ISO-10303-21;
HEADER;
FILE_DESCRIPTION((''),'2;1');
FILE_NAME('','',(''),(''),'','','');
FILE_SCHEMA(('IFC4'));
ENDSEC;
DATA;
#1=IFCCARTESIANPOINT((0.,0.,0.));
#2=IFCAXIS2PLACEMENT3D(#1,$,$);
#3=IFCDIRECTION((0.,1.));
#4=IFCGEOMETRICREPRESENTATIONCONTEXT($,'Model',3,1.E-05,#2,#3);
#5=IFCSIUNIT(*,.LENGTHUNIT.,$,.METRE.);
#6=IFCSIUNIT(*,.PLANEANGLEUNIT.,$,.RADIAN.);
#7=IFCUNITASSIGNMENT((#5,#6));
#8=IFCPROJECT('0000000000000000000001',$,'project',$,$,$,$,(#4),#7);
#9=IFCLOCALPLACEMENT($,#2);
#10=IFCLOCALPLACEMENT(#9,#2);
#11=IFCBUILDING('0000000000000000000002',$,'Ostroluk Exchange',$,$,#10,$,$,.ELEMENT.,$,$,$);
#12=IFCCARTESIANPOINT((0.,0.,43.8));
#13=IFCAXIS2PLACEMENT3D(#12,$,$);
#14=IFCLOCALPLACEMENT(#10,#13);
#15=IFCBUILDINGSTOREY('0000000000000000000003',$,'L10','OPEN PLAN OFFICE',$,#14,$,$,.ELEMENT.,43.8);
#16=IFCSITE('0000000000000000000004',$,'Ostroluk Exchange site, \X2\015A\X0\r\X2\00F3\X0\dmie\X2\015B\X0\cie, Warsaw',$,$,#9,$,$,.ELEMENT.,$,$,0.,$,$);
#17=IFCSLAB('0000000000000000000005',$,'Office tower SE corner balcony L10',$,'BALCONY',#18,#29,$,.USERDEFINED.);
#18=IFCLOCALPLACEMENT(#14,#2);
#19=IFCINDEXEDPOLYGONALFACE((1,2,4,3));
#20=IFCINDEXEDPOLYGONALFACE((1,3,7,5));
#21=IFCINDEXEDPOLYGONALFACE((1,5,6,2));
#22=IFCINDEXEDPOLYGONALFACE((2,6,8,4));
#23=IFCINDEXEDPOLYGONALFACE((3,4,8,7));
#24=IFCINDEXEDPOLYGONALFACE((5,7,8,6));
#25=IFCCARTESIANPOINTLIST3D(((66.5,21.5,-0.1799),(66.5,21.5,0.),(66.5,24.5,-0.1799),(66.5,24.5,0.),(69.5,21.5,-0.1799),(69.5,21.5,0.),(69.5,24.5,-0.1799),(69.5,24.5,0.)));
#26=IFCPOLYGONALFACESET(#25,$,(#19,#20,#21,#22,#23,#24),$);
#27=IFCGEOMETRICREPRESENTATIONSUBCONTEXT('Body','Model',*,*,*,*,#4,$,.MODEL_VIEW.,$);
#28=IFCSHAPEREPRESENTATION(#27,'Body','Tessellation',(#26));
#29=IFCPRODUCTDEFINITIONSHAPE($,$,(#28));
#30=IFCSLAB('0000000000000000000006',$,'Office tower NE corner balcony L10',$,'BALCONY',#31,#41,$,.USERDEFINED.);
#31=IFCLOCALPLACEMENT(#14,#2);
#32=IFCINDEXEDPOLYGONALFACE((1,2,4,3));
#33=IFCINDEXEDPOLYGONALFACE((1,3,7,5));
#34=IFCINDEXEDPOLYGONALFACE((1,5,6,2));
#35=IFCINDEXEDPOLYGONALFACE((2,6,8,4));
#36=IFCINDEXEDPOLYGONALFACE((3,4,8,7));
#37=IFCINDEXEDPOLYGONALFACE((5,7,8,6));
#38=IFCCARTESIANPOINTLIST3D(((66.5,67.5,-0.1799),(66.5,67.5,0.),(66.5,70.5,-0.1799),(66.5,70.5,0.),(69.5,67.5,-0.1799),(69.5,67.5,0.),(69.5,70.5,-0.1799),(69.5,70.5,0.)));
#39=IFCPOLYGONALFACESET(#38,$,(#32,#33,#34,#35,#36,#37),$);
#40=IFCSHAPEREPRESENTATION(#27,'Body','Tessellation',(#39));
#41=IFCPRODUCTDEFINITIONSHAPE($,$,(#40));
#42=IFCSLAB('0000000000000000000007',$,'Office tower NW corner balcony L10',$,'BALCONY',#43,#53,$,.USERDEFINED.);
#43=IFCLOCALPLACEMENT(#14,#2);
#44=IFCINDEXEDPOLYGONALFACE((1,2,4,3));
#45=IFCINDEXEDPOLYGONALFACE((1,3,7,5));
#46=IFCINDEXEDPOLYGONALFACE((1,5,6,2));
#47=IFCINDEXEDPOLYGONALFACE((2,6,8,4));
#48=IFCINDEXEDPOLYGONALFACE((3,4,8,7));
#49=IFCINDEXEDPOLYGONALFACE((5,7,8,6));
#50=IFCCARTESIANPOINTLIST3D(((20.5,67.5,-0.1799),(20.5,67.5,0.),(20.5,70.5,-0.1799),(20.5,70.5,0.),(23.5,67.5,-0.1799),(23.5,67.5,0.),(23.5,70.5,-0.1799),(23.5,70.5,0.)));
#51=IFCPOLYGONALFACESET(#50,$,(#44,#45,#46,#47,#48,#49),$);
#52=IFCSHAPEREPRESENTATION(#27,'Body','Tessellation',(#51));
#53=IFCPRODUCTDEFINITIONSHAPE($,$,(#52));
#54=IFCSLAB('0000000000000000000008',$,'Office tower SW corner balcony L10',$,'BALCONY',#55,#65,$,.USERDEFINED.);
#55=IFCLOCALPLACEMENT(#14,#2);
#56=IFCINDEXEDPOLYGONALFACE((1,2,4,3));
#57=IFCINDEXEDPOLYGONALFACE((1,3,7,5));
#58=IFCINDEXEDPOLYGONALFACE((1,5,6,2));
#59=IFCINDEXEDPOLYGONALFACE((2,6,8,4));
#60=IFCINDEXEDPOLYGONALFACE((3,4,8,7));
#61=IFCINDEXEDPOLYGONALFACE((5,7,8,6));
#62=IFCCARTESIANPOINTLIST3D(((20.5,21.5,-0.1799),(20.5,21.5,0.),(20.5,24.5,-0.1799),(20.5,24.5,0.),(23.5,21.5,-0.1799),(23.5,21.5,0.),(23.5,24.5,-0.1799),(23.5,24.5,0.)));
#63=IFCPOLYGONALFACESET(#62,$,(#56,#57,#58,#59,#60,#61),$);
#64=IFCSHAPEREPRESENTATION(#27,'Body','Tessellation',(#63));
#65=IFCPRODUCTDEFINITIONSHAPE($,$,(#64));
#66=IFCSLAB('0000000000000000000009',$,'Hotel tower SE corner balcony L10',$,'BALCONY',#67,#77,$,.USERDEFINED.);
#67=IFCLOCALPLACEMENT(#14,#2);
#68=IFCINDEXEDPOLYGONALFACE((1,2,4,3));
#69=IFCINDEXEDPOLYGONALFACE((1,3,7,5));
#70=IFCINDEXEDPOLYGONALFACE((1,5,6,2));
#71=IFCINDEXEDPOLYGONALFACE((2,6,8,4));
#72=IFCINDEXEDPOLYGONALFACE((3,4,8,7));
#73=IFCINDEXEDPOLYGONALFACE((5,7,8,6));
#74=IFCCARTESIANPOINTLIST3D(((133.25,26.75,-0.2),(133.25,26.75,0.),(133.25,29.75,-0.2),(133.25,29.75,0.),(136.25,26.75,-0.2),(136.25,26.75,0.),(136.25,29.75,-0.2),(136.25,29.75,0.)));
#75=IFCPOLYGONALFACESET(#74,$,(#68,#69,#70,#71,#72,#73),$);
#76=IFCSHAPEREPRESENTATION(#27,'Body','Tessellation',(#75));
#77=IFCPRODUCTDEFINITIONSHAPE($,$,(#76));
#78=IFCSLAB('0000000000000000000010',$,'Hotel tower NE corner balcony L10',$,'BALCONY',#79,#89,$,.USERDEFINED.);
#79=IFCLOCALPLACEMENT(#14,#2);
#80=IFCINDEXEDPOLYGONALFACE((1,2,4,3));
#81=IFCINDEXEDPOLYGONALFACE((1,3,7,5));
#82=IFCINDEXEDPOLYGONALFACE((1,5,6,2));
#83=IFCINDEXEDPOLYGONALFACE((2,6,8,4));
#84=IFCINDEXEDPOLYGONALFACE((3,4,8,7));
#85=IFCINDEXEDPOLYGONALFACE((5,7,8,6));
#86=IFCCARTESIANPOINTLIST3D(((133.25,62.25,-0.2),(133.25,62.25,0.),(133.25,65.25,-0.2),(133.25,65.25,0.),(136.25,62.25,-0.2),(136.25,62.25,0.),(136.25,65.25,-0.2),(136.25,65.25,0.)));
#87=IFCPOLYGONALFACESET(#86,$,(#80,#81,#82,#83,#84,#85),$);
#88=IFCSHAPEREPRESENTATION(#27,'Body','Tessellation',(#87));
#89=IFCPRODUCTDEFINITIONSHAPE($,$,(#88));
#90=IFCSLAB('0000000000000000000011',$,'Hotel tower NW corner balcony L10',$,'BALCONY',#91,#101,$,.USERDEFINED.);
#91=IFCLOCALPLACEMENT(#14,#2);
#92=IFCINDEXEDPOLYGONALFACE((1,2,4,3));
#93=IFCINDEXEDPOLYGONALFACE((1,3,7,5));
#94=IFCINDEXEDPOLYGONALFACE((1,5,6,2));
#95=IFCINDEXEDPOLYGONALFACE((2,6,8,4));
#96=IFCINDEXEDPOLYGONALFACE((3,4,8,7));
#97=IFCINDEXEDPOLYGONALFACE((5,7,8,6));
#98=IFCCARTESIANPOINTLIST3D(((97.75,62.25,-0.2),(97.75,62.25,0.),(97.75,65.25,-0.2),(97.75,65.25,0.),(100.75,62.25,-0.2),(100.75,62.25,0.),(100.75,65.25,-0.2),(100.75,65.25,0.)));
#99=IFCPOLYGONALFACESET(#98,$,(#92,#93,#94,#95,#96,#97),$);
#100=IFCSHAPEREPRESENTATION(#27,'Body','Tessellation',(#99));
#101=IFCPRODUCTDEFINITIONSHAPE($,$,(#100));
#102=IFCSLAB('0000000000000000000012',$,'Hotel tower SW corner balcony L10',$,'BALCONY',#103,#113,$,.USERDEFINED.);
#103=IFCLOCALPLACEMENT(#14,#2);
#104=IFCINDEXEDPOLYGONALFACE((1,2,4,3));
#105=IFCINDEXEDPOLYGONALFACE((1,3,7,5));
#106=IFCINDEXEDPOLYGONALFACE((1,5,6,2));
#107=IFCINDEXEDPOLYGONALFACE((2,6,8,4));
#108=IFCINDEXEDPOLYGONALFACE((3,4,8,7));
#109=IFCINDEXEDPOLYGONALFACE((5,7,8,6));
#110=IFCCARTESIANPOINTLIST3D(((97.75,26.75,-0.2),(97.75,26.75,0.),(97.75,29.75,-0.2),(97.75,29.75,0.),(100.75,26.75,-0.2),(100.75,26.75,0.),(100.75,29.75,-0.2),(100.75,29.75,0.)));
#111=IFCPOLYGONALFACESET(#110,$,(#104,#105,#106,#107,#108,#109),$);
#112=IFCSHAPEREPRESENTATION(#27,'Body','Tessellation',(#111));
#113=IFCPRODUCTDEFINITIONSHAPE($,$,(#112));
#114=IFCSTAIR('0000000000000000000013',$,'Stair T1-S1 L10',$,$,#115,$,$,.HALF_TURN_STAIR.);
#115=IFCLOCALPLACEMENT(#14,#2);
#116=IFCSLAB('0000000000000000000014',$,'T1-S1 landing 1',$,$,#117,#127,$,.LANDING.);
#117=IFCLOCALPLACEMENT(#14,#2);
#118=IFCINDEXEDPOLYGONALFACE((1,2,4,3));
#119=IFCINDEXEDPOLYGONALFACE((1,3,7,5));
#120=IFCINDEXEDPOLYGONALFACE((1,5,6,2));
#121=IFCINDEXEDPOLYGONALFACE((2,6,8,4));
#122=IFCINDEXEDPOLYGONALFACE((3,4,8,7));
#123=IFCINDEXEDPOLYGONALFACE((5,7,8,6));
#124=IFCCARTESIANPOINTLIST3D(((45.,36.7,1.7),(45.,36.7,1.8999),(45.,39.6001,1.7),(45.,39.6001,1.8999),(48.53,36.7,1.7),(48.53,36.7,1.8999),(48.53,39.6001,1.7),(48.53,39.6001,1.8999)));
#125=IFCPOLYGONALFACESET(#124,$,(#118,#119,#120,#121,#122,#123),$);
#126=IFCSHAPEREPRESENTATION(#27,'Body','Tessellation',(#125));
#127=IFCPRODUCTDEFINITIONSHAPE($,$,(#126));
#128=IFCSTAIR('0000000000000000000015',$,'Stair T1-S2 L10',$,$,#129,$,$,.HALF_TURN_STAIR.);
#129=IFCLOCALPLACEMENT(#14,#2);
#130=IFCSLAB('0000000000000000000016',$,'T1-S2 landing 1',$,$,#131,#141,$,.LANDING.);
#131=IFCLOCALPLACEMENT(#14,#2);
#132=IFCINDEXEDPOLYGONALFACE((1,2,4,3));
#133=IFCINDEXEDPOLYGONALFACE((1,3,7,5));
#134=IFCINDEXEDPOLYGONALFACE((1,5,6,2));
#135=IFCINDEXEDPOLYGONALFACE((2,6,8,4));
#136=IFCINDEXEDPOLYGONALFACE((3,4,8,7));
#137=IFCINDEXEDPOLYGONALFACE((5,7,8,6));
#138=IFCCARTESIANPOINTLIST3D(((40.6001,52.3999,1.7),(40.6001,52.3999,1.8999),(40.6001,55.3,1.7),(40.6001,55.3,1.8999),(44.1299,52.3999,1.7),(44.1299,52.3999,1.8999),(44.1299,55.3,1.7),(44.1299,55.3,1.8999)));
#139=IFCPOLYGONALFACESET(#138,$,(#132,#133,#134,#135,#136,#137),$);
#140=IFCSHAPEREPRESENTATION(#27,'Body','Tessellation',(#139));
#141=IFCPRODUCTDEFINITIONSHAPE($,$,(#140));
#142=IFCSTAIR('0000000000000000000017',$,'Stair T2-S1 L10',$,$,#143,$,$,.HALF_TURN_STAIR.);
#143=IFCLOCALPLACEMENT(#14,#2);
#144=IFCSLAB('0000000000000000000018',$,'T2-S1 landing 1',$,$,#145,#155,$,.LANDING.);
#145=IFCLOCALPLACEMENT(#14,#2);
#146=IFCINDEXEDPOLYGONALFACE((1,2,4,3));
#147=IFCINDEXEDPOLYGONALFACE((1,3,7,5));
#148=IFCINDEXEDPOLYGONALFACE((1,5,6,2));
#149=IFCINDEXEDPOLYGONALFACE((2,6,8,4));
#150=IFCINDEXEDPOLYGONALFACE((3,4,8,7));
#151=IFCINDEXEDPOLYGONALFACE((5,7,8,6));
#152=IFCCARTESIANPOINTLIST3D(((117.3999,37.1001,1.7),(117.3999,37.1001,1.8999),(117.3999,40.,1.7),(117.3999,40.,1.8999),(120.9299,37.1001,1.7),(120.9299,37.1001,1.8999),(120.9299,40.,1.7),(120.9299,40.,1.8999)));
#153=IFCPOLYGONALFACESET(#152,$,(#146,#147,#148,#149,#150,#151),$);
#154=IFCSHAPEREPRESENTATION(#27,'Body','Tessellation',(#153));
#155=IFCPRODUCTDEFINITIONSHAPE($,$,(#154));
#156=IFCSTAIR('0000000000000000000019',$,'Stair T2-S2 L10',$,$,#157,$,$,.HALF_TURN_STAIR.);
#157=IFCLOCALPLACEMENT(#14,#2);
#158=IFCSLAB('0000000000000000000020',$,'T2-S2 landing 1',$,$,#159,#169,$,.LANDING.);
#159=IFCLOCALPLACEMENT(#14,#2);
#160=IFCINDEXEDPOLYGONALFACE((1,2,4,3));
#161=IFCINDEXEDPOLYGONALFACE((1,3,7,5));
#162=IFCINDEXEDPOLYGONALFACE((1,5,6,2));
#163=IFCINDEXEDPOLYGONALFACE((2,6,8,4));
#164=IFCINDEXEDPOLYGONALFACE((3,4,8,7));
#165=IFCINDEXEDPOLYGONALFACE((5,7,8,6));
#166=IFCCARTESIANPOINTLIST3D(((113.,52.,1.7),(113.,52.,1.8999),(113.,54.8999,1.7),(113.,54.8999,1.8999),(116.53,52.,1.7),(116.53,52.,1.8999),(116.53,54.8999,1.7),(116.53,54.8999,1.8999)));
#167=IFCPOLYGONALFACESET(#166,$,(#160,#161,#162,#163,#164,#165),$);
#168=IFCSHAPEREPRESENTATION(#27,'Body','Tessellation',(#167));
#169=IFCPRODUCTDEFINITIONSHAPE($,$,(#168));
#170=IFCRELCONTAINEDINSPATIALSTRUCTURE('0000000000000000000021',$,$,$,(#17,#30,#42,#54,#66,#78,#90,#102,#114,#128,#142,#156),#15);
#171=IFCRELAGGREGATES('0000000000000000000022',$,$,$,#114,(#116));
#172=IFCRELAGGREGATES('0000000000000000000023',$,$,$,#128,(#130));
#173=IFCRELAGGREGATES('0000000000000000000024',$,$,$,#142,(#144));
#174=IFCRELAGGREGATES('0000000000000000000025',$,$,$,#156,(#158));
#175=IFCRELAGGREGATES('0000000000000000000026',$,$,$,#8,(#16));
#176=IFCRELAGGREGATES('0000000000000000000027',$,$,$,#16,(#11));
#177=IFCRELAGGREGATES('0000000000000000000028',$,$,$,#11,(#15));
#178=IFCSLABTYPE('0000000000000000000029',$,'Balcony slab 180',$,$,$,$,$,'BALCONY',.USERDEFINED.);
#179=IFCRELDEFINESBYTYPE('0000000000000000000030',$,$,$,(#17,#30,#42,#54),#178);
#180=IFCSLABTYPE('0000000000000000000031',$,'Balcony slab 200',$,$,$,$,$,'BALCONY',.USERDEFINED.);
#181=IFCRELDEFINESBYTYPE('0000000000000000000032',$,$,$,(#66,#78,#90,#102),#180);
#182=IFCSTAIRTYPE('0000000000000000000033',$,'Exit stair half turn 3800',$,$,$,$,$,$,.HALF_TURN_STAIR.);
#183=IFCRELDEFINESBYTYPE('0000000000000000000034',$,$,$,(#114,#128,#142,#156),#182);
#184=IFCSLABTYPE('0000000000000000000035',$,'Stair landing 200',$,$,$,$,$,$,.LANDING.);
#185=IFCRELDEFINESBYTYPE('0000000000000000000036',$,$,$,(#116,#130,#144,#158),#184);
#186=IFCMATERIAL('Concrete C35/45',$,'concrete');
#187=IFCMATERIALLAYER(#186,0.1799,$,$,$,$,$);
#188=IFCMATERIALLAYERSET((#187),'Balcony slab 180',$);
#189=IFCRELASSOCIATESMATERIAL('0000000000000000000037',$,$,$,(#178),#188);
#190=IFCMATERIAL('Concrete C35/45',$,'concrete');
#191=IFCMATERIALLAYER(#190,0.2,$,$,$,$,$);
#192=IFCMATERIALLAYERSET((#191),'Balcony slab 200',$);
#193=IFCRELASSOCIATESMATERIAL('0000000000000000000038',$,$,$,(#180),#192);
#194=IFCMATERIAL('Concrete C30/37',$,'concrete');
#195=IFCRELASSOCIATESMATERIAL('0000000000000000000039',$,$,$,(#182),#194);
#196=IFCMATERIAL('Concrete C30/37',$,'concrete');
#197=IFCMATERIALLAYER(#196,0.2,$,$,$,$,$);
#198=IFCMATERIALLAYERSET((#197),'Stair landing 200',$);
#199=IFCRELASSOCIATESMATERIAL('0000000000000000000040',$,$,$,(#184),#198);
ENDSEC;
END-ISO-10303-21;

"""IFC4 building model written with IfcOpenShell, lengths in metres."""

from ifc_helpers import new_model, si_unit, direction, frame, origin, place, context, subcontext, project, spatial, polyline, outline, extrude, material, layer, layer_set, type_object, element, aggregate, save


model = new_model("IFC4")

# Units and contexts
model_context = context("Model", 3, precision=1e-05, world=origin(), true_north=direction((0.0, 1.0)))
body_context = subcontext(model_context, "Body", "Model", "MODEL_VIEW")
ifc_project = project(units=[si_unit("LENGTHUNIT", "METRE"), si_unit("PLANEANGLEUNIT", "RADIAN")], contexts=[model_context])

# Site, building, storey
site_placement = place(None, origin())
site = spatial("IfcSite", under=ifc_project, at=site_placement, Name="Ostroluk Exchange site, Śródmieście, Warsaw", CompositionType="ELEMENT", RefElevation=0.0)
building_placement = place(site_placement, origin())
building = spatial("IfcBuilding", under=site, at=building_placement, Name="Ostroluk Exchange", CompositionType="ELEMENT")
storey_placement = place(building_placement, frame((0.0, 0.0, 43.8)))
storey = spatial("IfcBuildingStorey", under=building, at=storey_placement, Name="L10", Description="OPEN PLAN OFFICE", CompositionType="ELEMENT", Elevation=43.8)

# Slabs
ifc_material_1 = material(Name="Concrete C35/45", Category="concrete")
ifc_layer_1 = layer(ifc_material_1, 0.1799)
ifc_layer_set_1 = layer_set([ifc_layer_1], Name="Balcony slab 180")
slab_type_1 = type_object("IfcSlabType", Name="Balcony slab 180", ElementType="BALCONY", PredefinedType="USERDEFINED", material=ifc_layer_set_1)
slab_1_placement = place(storey_placement, frame((0.0, 0.0, -0.1799)))
element("IfcSlab", 1, at=slab_1_placement, inside=storey, type_object=slab_type_1, Name="Office tower SE corner balcony L10", ObjectType="BALCONY", PredefinedType="USERDEFINED", context=body_context, shape_type="SweptSolid", body=[
    extrude(outline(polyline([(66.5, 21.5), (69.5, 21.5), (69.5, 24.5), (66.5, 24.5), (66.5, 21.5)])), origin(), (0.0, 0.0, 1.0), 0.1799),
])
slab_2_placement = place(storey_placement, frame((0.0, 0.0, -0.1799)))
element("IfcSlab", 2, at=slab_2_placement, inside=storey, type_object=slab_type_1, Name="Office tower NE corner balcony L10", ObjectType="BALCONY", PredefinedType="USERDEFINED", context=body_context, shape_type="SweptSolid", body=[
    extrude(outline(polyline([(66.5, 67.5), (69.5, 67.5), (69.5, 70.5), (66.5, 70.5), (66.5, 67.5)])), origin(), (0.0, 0.0, 1.0), 0.1799),
])
slab_3_placement = place(storey_placement, frame((0.0, 0.0, -0.1799)))
element("IfcSlab", 3, at=slab_3_placement, inside=storey, type_object=slab_type_1, Name="Office tower NW corner balcony L10", ObjectType="BALCONY", PredefinedType="USERDEFINED", context=body_context, shape_type="SweptSolid", body=[
    extrude(outline(polyline([(20.5, 67.5), (23.5, 67.5), (23.5, 70.5), (20.5, 70.5), (20.5, 67.5)])), origin(), (0.0, 0.0, 1.0), 0.1799),
])
slab_4_placement = place(storey_placement, frame((0.0, 0.0, -0.1799)))
element("IfcSlab", 4, at=slab_4_placement, inside=storey, type_object=slab_type_1, Name="Office tower SW corner balcony L10", ObjectType="BALCONY", PredefinedType="USERDEFINED", context=body_context, shape_type="SweptSolid", body=[
    extrude(outline(polyline([(20.5, 21.5), (23.5, 21.5), (23.5, 24.5), (20.5, 24.5), (20.5, 21.5)])), origin(), (0.0, 0.0, 1.0), 0.1799),
])
ifc_material_2 = material(Name="Concrete C35/45", Category="concrete")
ifc_layer_2 = layer(ifc_material_2, 0.2)
ifc_layer_set_2 = layer_set([ifc_layer_2], Name="Balcony slab 200")
slab_type_2 = type_object("IfcSlabType", Name="Balcony slab 200", ElementType="BALCONY", PredefinedType="USERDEFINED", material=ifc_layer_set_2)
slab_5_placement = place(storey_placement, frame((0.0, 0.0, -0.2)))
element("IfcSlab", 5, at=slab_5_placement, inside=storey, type_object=slab_type_2, Name="Hotel tower SE corner balcony L10", ObjectType="BALCONY", PredefinedType="USERDEFINED", context=body_context, shape_type="SweptSolid", body=[
    extrude(outline(polyline([(133.25, 26.75), (136.25, 26.75), (136.25, 29.75), (133.25, 29.75), (133.25, 26.75)])), origin(), (0.0, 0.0, 1.0), 0.2),
])
slab_6_placement = place(storey_placement, frame((0.0, 0.0, -0.2)))
element("IfcSlab", 6, at=slab_6_placement, inside=storey, type_object=slab_type_2, Name="Hotel tower NE corner balcony L10", ObjectType="BALCONY", PredefinedType="USERDEFINED", context=body_context, shape_type="SweptSolid", body=[
    extrude(outline(polyline([(133.25, 62.25), (136.25, 62.25), (136.25, 65.25), (133.25, 65.25), (133.25, 62.25)])), origin(), (0.0, 0.0, 1.0), 0.2),
])
slab_7_placement = place(storey_placement, frame((0.0, 0.0, -0.2)))
element("IfcSlab", 7, at=slab_7_placement, inside=storey, type_object=slab_type_2, Name="Hotel tower NW corner balcony L10", ObjectType="BALCONY", PredefinedType="USERDEFINED", context=body_context, shape_type="SweptSolid", body=[
    extrude(outline(polyline([(97.75, 62.25), (100.75, 62.25), (100.75, 65.25), (97.75, 65.25), (97.75, 62.25)])), origin(), (0.0, 0.0, 1.0), 0.2),
])
slab_8_placement = place(storey_placement, frame((0.0, 0.0, -0.2)))
element("IfcSlab", 8, at=slab_8_placement, inside=storey, type_object=slab_type_2, Name="Hotel tower SW corner balcony L10", ObjectType="BALCONY", PredefinedType="USERDEFINED", context=body_context, shape_type="SweptSolid", body=[
    extrude(outline(polyline([(97.75, 26.75), (100.75, 26.75), (100.75, 29.75), (97.75, 29.75), (97.75, 26.75)])), origin(), (0.0, 0.0, 1.0), 0.2),
])

# Stairs, slabs
ifc_material_3 = material(Name="Concrete C30/37", Category="concrete")
stair_type = type_object("IfcStairType", Name="Exit stair half turn 3800", PredefinedType="HALF_TURN_STAIR", material=ifc_material_3)
stair_1_placement = place(storey_placement, origin())
stair_1 = element("IfcStair", 9, at=stair_1_placement, inside=storey, type_object=stair_type, Name="Stair T1-S1 L10", PredefinedType="HALF_TURN_STAIR")
ifc_material_4 = material(Name="Concrete C30/37", Category="concrete")
ifc_layer_3 = layer(ifc_material_4, 0.2)
ifc_layer_set_3 = layer_set([ifc_layer_3], Name="Stair landing 200")
slab_type_3 = type_object("IfcSlabType", Name="Stair landing 200", PredefinedType="LANDING", material=ifc_layer_set_3)
slab_9_placement = place(storey_placement, frame((0.0, 0.0, 1.7)))
slab_9 = element("IfcSlab", 10, at=slab_9_placement, type_object=slab_type_3, Name="T1-S1 landing 1", PredefinedType="LANDING", context=body_context, shape_type="SweptSolid", body=[
    extrude(outline(polyline([(45.0, 36.7), (45.0, 39.6001), (48.53, 39.6001), (48.53, 36.7), (45.0, 36.7)])), origin(), (0.0, 0.0, 1.0), 0.2),
])
aggregate(stair_1, [slab_9])
stair_2_placement = place(storey_placement, origin())
stair_2 = element("IfcStair", 11, at=stair_2_placement, inside=storey, type_object=stair_type, Name="Stair T1-S2 L10", PredefinedType="HALF_TURN_STAIR")
slab_10_placement = place(storey_placement, frame((0.0, 0.0, 1.7)))
slab_10 = element("IfcSlab", 12, at=slab_10_placement, type_object=slab_type_3, Name="T1-S2 landing 1", PredefinedType="LANDING", context=body_context, shape_type="SweptSolid", body=[
    extrude(outline(polyline([(44.1299, 52.3999), (44.1299, 55.3), (40.6001, 55.3), (40.6001, 52.3999), (44.1299, 52.3999)])), origin(), (0.0, 0.0, 1.0), 0.2),
])
aggregate(stair_2, [slab_10])
stair_3_placement = place(storey_placement, origin())
stair_3 = element("IfcStair", 13, at=stair_3_placement, inside=storey, type_object=stair_type, Name="Stair T2-S1 L10", PredefinedType="HALF_TURN_STAIR")
slab_11_placement = place(storey_placement, frame((0.0, 0.0, 1.7)))
slab_11 = element("IfcSlab", 14, at=slab_11_placement, type_object=slab_type_3, Name="T2-S1 landing 1", PredefinedType="LANDING", context=body_context, shape_type="SweptSolid", body=[
    extrude(outline(polyline([(117.3999, 37.1001), (117.3999, 40.0), (120.9299, 40.0), (120.9299, 37.1001), (117.3999, 37.1001)])), origin(), (0.0, 0.0, 1.0), 0.2),
])
aggregate(stair_3, [slab_11])
stair_4_placement = place(storey_placement, origin())
stair_4 = element("IfcStair", 15, at=stair_4_placement, inside=storey, type_object=stair_type, Name="Stair T2-S2 L10", PredefinedType="HALF_TURN_STAIR")
slab_12_placement = place(storey_placement, frame((0.0, 0.0, 1.7)))
slab_12 = element("IfcSlab", 16, at=slab_12_placement, type_object=slab_type_3, Name="T2-S2 landing 1", PredefinedType="LANDING", context=body_context, shape_type="SweptSolid", body=[
    extrude(outline(polyline([(116.53, 52.0), (116.53, 54.8999), (113.0, 54.8999), (113.0, 52.0), (116.53, 52.0)])), origin(), (0.0, 0.0, 1.0), 0.2),
])
aggregate(stair_4, [slab_12])

save(model, "model.ifc")
